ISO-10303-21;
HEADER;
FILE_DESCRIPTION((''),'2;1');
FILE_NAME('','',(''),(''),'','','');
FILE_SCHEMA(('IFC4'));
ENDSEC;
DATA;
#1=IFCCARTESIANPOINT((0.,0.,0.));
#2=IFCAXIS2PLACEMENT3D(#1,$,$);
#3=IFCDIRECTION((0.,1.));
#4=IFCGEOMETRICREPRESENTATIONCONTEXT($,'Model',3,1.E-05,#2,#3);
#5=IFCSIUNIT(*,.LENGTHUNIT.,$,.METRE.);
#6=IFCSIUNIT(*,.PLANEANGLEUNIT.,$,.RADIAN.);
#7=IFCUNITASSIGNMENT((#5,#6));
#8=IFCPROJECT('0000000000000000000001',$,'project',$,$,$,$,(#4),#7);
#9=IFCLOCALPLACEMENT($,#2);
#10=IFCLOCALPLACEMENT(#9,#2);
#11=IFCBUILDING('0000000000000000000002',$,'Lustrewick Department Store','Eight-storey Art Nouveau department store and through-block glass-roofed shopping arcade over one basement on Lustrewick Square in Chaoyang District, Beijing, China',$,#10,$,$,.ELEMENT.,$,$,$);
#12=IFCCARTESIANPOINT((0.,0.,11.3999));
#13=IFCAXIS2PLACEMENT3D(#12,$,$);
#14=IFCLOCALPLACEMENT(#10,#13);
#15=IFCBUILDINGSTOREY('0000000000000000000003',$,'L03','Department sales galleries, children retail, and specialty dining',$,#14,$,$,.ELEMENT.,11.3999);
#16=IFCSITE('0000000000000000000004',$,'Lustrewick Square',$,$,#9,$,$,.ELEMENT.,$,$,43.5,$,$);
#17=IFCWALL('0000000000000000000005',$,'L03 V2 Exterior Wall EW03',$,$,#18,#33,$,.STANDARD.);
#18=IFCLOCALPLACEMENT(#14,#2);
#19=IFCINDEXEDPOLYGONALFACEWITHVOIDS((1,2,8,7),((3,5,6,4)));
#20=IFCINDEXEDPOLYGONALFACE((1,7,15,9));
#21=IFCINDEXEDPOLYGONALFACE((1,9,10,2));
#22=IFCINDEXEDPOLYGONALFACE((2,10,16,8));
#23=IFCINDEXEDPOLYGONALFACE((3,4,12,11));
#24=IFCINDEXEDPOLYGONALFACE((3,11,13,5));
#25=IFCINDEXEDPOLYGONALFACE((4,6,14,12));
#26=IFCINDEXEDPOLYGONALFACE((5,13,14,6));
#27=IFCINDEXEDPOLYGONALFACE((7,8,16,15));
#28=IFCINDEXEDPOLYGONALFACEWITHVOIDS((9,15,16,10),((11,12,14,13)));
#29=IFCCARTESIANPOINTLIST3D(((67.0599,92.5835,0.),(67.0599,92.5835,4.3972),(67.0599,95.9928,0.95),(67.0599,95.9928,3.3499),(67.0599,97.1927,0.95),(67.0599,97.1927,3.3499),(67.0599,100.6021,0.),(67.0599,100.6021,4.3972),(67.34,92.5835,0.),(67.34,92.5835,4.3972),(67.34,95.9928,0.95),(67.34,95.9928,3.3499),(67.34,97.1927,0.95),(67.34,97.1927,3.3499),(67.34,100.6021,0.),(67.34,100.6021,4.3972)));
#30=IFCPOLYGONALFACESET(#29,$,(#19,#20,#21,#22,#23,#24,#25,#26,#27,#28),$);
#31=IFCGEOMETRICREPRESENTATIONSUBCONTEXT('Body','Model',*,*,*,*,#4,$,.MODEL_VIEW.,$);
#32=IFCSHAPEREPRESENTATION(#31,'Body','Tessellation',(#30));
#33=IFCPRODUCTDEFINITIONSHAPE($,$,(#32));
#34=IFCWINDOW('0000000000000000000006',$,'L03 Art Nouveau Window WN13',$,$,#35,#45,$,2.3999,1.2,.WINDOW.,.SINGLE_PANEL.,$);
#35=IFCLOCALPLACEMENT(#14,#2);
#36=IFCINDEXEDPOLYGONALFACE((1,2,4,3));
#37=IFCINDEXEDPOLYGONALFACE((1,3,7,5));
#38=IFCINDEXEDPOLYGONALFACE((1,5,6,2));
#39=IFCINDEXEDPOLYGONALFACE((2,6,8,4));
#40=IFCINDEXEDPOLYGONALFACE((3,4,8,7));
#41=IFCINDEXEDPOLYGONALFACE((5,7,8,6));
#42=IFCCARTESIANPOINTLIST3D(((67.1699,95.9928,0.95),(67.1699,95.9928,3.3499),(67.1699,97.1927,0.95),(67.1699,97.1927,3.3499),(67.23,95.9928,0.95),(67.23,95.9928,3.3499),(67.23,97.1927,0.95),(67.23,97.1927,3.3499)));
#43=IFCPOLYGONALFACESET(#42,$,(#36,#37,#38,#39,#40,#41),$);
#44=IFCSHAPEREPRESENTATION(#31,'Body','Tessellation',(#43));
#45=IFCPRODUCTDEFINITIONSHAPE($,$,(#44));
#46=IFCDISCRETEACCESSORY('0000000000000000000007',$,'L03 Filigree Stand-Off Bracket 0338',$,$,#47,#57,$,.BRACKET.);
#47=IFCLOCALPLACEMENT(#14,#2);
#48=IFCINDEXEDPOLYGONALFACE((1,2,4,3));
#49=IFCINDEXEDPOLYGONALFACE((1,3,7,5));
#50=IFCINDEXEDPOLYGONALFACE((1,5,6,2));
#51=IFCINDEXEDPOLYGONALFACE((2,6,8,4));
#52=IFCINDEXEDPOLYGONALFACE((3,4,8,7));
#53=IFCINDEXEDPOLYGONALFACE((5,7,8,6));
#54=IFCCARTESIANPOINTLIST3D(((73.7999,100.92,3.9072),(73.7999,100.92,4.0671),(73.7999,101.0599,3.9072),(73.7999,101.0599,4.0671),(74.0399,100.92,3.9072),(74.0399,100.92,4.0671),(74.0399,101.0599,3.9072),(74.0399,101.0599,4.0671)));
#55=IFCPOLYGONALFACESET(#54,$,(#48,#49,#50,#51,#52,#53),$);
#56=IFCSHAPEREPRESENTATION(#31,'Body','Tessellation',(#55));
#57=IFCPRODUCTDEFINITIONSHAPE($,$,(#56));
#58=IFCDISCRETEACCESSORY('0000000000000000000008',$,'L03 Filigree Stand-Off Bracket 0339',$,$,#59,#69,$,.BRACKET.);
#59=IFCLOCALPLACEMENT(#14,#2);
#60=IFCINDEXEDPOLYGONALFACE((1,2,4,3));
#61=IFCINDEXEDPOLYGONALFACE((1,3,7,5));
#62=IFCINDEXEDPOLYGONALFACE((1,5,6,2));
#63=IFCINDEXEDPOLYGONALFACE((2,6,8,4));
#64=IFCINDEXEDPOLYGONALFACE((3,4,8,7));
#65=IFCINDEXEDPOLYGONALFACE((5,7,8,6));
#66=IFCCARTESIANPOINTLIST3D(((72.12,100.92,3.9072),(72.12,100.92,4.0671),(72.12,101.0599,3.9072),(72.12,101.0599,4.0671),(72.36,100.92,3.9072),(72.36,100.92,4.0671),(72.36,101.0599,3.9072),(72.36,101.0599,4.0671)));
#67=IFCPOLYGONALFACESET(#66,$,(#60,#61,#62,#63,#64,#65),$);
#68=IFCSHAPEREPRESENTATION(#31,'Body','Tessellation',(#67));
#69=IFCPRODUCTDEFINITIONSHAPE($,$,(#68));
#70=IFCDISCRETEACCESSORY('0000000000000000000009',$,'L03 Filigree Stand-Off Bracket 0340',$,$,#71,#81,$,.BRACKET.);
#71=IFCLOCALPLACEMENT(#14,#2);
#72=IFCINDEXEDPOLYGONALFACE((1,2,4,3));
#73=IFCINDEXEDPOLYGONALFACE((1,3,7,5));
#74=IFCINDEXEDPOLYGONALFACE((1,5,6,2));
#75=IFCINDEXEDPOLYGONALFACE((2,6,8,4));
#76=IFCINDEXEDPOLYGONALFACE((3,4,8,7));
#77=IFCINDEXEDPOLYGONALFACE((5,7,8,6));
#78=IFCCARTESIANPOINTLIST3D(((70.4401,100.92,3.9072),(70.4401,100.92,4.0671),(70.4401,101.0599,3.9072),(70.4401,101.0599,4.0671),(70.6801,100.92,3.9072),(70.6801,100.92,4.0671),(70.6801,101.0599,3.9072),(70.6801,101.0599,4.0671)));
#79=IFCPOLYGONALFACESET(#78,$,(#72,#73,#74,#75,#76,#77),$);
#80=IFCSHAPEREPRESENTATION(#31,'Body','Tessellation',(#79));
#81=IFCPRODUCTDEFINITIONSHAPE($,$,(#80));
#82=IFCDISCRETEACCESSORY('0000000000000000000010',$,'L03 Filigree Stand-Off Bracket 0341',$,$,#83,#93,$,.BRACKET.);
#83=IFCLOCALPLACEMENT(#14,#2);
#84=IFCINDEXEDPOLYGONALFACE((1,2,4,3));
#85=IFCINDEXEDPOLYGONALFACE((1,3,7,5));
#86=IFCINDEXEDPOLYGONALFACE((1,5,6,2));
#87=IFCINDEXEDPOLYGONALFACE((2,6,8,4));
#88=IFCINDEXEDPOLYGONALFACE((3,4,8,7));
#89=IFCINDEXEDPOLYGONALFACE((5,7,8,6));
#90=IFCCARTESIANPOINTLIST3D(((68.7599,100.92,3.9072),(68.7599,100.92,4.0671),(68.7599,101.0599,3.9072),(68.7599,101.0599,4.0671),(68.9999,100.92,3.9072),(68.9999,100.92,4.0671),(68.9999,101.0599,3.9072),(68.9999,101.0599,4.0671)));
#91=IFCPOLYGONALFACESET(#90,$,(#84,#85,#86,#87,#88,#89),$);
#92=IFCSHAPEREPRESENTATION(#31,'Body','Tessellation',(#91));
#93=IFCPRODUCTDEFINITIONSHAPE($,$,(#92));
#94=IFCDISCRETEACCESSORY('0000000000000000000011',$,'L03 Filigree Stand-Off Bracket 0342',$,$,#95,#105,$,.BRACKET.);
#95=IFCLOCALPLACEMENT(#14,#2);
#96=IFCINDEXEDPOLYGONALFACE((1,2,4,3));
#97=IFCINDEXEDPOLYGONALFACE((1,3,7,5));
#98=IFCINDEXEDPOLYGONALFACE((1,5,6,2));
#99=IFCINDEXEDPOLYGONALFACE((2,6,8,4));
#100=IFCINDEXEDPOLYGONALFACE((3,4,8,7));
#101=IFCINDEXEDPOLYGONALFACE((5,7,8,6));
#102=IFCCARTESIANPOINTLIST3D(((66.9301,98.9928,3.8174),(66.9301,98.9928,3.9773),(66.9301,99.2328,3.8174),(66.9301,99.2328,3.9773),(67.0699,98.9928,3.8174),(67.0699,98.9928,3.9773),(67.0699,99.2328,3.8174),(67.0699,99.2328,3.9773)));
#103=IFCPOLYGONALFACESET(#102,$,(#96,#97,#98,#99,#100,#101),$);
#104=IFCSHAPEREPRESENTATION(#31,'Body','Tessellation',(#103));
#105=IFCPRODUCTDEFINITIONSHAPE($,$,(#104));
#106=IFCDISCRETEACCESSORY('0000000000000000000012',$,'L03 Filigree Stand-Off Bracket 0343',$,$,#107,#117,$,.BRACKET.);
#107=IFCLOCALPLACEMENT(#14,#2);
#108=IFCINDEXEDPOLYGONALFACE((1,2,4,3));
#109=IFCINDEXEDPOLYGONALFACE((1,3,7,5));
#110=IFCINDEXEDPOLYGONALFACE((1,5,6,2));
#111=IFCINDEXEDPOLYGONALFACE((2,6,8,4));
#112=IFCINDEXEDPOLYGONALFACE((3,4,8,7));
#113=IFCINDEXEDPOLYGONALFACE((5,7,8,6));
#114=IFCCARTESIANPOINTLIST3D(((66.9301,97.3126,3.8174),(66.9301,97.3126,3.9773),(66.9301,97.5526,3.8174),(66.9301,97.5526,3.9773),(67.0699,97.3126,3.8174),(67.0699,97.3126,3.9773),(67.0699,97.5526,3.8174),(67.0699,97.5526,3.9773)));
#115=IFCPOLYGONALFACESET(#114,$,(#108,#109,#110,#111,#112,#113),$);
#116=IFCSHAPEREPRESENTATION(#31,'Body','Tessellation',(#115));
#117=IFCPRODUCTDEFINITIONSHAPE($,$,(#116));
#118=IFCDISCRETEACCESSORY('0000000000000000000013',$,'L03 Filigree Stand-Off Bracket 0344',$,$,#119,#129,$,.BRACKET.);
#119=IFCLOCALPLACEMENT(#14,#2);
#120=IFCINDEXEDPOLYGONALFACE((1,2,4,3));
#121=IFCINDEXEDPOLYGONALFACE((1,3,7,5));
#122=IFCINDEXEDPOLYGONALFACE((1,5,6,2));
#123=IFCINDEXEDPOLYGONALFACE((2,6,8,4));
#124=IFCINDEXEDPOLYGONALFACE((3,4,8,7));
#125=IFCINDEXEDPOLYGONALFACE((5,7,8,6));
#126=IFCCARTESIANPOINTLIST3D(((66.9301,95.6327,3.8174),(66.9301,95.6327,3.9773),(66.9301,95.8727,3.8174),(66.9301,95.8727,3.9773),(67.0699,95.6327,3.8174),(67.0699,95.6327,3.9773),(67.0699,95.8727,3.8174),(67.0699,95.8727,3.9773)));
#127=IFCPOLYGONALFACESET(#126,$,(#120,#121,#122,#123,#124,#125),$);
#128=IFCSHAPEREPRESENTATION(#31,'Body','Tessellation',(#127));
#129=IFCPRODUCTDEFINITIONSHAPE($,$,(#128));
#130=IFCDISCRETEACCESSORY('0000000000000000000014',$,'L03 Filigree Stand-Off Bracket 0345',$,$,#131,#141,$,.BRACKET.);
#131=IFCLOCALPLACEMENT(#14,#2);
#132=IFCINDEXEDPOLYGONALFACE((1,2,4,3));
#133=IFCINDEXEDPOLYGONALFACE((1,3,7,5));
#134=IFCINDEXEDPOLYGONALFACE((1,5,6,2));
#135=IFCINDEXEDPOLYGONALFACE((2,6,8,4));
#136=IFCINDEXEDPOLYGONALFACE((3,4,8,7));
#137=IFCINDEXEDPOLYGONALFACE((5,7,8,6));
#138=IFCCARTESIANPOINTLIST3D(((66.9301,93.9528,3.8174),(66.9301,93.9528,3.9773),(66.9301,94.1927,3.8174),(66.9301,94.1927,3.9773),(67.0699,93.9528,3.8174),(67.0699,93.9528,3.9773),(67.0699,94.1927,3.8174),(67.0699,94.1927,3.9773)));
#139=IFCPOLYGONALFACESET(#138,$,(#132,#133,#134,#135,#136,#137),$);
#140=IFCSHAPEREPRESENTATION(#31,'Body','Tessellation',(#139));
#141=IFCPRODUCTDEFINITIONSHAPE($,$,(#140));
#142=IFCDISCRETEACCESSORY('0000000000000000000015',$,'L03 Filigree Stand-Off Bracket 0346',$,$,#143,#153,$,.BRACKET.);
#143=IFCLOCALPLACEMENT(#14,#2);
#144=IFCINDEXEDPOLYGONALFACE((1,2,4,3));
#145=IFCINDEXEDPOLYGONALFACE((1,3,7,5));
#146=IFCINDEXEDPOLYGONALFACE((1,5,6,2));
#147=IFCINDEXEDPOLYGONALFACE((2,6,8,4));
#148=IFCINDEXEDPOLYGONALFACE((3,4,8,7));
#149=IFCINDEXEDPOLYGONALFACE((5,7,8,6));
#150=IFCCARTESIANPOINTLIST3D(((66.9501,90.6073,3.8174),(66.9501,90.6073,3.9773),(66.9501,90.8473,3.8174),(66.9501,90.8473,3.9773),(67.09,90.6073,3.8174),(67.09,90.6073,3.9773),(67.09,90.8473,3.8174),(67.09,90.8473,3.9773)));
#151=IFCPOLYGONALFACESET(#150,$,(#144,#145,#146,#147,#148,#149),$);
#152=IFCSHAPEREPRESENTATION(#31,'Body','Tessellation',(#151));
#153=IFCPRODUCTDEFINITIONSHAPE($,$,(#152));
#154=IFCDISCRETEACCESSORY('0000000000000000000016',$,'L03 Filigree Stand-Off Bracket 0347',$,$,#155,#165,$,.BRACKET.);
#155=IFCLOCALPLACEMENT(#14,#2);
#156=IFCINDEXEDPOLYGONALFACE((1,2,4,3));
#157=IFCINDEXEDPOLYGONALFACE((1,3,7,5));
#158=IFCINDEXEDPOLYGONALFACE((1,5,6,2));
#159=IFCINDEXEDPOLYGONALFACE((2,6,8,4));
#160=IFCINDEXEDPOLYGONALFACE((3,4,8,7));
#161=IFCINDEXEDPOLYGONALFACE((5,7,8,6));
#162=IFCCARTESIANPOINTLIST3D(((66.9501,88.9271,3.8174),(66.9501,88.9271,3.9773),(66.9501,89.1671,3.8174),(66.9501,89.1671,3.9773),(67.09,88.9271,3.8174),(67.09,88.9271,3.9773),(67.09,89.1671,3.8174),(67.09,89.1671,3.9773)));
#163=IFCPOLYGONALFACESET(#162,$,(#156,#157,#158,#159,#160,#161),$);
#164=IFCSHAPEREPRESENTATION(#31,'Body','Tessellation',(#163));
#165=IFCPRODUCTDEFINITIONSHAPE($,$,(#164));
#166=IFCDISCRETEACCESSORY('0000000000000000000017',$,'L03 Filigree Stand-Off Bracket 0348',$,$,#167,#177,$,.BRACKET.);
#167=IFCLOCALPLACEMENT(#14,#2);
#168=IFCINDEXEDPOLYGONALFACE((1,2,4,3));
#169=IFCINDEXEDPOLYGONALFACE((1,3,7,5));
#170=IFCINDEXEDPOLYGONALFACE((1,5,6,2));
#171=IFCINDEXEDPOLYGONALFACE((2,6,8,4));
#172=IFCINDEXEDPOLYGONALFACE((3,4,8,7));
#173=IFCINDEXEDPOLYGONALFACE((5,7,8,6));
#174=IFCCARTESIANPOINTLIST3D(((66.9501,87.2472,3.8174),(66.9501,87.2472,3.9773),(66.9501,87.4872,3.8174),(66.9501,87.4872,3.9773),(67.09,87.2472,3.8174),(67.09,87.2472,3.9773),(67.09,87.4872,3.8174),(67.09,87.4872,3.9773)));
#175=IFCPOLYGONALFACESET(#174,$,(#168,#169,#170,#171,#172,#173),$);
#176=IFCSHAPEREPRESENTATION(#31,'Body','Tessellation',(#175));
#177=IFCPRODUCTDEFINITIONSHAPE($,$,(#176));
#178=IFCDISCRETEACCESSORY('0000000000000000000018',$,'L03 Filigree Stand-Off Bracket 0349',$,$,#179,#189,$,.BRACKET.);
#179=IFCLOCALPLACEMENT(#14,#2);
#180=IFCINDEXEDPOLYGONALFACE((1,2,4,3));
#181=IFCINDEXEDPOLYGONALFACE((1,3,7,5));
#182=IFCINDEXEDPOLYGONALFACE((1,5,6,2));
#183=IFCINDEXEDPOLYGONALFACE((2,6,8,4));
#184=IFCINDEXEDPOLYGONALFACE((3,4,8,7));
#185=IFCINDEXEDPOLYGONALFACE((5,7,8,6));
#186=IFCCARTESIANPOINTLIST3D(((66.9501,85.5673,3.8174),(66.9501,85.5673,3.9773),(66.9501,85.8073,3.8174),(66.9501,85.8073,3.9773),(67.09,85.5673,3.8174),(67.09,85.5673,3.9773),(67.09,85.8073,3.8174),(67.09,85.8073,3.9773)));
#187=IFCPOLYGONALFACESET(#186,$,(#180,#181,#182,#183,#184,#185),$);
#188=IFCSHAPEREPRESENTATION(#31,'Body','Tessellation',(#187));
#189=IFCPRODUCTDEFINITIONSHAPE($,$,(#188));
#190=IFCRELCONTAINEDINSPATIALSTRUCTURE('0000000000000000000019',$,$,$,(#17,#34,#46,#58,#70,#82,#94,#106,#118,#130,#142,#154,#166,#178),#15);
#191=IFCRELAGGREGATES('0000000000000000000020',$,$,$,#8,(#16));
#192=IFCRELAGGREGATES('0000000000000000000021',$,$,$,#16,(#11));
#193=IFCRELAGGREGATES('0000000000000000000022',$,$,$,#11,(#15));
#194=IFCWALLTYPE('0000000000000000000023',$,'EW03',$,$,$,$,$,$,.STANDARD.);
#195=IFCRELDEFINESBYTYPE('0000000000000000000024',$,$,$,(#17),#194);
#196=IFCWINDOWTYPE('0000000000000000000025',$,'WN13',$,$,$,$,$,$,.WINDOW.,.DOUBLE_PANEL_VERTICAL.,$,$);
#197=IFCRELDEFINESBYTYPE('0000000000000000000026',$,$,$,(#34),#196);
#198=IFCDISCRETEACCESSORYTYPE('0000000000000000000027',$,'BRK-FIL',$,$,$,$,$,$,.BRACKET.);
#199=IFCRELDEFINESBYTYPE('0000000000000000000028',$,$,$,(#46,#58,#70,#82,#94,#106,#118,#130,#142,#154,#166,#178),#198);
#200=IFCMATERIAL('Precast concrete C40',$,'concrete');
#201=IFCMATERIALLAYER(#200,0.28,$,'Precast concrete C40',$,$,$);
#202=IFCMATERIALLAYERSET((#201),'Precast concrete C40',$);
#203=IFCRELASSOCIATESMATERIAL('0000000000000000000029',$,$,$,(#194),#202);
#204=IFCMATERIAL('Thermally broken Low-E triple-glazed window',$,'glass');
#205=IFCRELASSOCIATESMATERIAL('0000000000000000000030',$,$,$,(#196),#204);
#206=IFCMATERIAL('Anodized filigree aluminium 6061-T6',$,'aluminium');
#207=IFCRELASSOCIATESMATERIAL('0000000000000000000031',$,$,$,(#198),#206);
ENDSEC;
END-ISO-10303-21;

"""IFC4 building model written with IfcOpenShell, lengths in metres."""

from ifc_helpers import new_model, si_unit, direction, frame, frame_2d, origin, origin_2d, place, context, subcontext, project, spatial, rectangle, extrude, material, layer, layer_set, type_object, element, fill, save


model = new_model("IFC4")

# Units and contexts
model_context = context("Model", 3, precision=1e-05, world=origin(), true_north=direction((0.0, 1.0)))
body_context = subcontext(model_context, "Body", "Model", "MODEL_VIEW")
ifc_project = project(units=[si_unit("LENGTHUNIT", "METRE"), si_unit("PLANEANGLEUNIT", "RADIAN")], contexts=[model_context])

# Site, building, storey
site_placement = place(None, origin())
site = spatial("IfcSite", under=ifc_project, at=site_placement, Name="Lustrewick Square", CompositionType="ELEMENT", RefElevation=43.5)
building_placement = place(site_placement, origin())
building = spatial("IfcBuilding", under=site, at=building_placement, Name="Lustrewick Department Store", Description="Eight-storey Art Nouveau department store and through-block glass-roofed shopping arcade over one basement on Lustrewick Square in Chaoyang District, Beijing, China", CompositionType="ELEMENT")
storey_placement = place(building_placement, frame((0.0, 0.0, 11.3999)))
storey = spatial("IfcBuildingStorey", under=building, at=storey_placement, Name="L03", Description="Department sales galleries, children retail, and specialty dining", CompositionType="ELEMENT", Elevation=11.3999)

# Wall, opening, window
ifc_material_1 = material(Name="Precast concrete C40", Category="concrete")
ifc_material_2 = material(Name="Thermally broken Low-E triple-glazed window", Category="glass")
ifc_layer_1 = layer(ifc_material_1, 0.28, Name="Precast concrete C40")
ifc_layer_set_1 = layer_set([ifc_layer_1], Name="Precast concrete C40")
wall_type_1 = type_object("IfcWallType", Name="EW03", PredefinedType="STANDARD", material=ifc_layer_set_1)
wall_1_placement = place(storey_placement, frame((67.2, 100.6021, 0.0), z_axis=(0.0, 0.0, 1.0), x_axis=(0.0, -1.0, 0.0)))
wall_1 = element("IfcWall", 1, at=wall_1_placement, inside=storey, type_object=wall_type_1, Name="L03 V2 Exterior Wall EW03", PredefinedType="STANDARD", context=body_context, shape_type="SweptSolid", body=[
    extrude(rectangle(XDim=8.0186, YDim=0.28, at=frame_2d((4.0093, 0.0))), origin(), (0.0, 0.0, 1.0), 4.3972),
])
opening_1_placement = place(wall_1_placement, frame((3.4092, 0.0, 0.95)))
opening_1 = element("IfcOpeningElement", 2, at=opening_1_placement, cuts=wall_1, PredefinedType="OPENING", context=body_context, shape_type="SweptSolid", body=[
    extrude(rectangle(XDim=1.2, YDim=2.3999, at=frame_2d((0.6001, 1.2))), frame((0.0, 0.1499, 0.0), z_axis=(0.0, -1.0, 0.0), x_axis=(1.0, 0.0, 0.0)), (0.0, 0.0, 1.0), 0.3),
])
window_type_1 = type_object("IfcWindowType", Name="WN13", PartitioningType="DOUBLE_PANEL_VERTICAL", PredefinedType="WINDOW", material=ifc_material_2)
window_1_placement = place(opening_1_placement, origin())
window_1 = element("IfcWindow", 3, at=window_1_placement, inside=storey, type_object=window_type_1, Name="L03 Art Nouveau Window WN13", OverallHeight=2.3999, OverallWidth=1.2, PartitioningType="SINGLE_PANEL", PredefinedType="WINDOW", context=body_context, shape_type="SweptSolid", body=[
    extrude(rectangle(XDim=1.2, YDim=2.3999, at=frame_2d((0.6001, 1.2))), frame((0.0, 0.03, 0.0), z_axis=(0.0, -1.0, 0.0), x_axis=(1.0, 0.0, 0.0)), (0.0, 0.0, 1.0), 0.0601),
])
fill(opening_1, window_1)

# Discrete accessories
ifc_material_3 = material(Name="Anodized filigree aluminium 6061-T6", Category="aluminium")
discrete_accessory_type = type_object("IfcDiscreteAccessoryType", Name="BRK-FIL", PredefinedType="BRACKET", material=ifc_material_3)
for number, where, z_axis, x_axis, name in (
    (4, (73.9199, 100.99, 3.9072), (0.0, 0.0, 1.0), (-1.0, 0.0, 0.0), "L03 Filigree Stand-Off Bracket 0338"),
    (5, (72.24, 100.99, 3.9072), (0.0, 0.0, 1.0), (-1.0, 0.0, 0.0), "L03 Filigree Stand-Off Bracket 0339"),
    (6, (70.5601, 100.99, 3.9072), (0.0, 0.0, 1.0), (-1.0, 0.0, 0.0), "L03 Filigree Stand-Off Bracket 0340"),
    (7, (68.8799, 100.99, 3.9072), (0.0, 0.0, 1.0), (-1.0, 0.0, 0.0), "L03 Filigree Stand-Off Bracket 0341"),
    (8, (67.0, 99.1128, 3.8174), (0.0, 0.0, 1.0), (0.0, -1.0, 0.0), "L03 Filigree Stand-Off Bracket 0342"),
    (9, (67.0, 97.4326, 3.8174), (0.0, 0.0, 1.0), (0.0, -1.0, 0.0), "L03 Filigree Stand-Off Bracket 0343"),
    (10, (67.0, 95.7527, 3.8174), (0.0, 0.0, 1.0), (0.0, -1.0, 0.0), "L03 Filigree Stand-Off Bracket 0344"),
    (11, (67.0, 94.0728, 3.8174), (0.0, 0.0, 1.0), (0.0, -1.0, 0.0), "L03 Filigree Stand-Off Bracket 0345"),
    (12, (67.02, 90.7273, 3.8174), (0.0, 0.0, 1.0), (0.0, -1.0, 0.0), "L03 Filigree Stand-Off Bracket 0346"),
    (13, (67.02, 89.0471, 3.8174), (0.0, 0.0, 1.0), (0.0, -1.0, 0.0), "L03 Filigree Stand-Off Bracket 0347"),
    (14, (67.02, 87.3672, 3.8174), (0.0, 0.0, 1.0), (0.0, -1.0, 0.0), "L03 Filigree Stand-Off Bracket 0348"),
    (15, (67.02, 85.6873, 3.8174), (0.0, 0.0, 1.0), (0.0, -1.0, 0.0), "L03 Filigree Stand-Off Bracket 0349"),
):
    element("IfcDiscreteAccessory", number, at=place(storey_placement, frame(where, z_axis=z_axis, x_axis=x_axis)), inside=storey, type_object=discrete_accessory_type, Name=name, PredefinedType="BRACKET", context=body_context, shape_type="SweptSolid", body=[
        extrude(rectangle(XDim=0.24, YDim=0.1399, at=origin_2d()), origin(), (0.0, 0.0, 1.0), 0.1599),
    ])

save(model, "model.ifc")
